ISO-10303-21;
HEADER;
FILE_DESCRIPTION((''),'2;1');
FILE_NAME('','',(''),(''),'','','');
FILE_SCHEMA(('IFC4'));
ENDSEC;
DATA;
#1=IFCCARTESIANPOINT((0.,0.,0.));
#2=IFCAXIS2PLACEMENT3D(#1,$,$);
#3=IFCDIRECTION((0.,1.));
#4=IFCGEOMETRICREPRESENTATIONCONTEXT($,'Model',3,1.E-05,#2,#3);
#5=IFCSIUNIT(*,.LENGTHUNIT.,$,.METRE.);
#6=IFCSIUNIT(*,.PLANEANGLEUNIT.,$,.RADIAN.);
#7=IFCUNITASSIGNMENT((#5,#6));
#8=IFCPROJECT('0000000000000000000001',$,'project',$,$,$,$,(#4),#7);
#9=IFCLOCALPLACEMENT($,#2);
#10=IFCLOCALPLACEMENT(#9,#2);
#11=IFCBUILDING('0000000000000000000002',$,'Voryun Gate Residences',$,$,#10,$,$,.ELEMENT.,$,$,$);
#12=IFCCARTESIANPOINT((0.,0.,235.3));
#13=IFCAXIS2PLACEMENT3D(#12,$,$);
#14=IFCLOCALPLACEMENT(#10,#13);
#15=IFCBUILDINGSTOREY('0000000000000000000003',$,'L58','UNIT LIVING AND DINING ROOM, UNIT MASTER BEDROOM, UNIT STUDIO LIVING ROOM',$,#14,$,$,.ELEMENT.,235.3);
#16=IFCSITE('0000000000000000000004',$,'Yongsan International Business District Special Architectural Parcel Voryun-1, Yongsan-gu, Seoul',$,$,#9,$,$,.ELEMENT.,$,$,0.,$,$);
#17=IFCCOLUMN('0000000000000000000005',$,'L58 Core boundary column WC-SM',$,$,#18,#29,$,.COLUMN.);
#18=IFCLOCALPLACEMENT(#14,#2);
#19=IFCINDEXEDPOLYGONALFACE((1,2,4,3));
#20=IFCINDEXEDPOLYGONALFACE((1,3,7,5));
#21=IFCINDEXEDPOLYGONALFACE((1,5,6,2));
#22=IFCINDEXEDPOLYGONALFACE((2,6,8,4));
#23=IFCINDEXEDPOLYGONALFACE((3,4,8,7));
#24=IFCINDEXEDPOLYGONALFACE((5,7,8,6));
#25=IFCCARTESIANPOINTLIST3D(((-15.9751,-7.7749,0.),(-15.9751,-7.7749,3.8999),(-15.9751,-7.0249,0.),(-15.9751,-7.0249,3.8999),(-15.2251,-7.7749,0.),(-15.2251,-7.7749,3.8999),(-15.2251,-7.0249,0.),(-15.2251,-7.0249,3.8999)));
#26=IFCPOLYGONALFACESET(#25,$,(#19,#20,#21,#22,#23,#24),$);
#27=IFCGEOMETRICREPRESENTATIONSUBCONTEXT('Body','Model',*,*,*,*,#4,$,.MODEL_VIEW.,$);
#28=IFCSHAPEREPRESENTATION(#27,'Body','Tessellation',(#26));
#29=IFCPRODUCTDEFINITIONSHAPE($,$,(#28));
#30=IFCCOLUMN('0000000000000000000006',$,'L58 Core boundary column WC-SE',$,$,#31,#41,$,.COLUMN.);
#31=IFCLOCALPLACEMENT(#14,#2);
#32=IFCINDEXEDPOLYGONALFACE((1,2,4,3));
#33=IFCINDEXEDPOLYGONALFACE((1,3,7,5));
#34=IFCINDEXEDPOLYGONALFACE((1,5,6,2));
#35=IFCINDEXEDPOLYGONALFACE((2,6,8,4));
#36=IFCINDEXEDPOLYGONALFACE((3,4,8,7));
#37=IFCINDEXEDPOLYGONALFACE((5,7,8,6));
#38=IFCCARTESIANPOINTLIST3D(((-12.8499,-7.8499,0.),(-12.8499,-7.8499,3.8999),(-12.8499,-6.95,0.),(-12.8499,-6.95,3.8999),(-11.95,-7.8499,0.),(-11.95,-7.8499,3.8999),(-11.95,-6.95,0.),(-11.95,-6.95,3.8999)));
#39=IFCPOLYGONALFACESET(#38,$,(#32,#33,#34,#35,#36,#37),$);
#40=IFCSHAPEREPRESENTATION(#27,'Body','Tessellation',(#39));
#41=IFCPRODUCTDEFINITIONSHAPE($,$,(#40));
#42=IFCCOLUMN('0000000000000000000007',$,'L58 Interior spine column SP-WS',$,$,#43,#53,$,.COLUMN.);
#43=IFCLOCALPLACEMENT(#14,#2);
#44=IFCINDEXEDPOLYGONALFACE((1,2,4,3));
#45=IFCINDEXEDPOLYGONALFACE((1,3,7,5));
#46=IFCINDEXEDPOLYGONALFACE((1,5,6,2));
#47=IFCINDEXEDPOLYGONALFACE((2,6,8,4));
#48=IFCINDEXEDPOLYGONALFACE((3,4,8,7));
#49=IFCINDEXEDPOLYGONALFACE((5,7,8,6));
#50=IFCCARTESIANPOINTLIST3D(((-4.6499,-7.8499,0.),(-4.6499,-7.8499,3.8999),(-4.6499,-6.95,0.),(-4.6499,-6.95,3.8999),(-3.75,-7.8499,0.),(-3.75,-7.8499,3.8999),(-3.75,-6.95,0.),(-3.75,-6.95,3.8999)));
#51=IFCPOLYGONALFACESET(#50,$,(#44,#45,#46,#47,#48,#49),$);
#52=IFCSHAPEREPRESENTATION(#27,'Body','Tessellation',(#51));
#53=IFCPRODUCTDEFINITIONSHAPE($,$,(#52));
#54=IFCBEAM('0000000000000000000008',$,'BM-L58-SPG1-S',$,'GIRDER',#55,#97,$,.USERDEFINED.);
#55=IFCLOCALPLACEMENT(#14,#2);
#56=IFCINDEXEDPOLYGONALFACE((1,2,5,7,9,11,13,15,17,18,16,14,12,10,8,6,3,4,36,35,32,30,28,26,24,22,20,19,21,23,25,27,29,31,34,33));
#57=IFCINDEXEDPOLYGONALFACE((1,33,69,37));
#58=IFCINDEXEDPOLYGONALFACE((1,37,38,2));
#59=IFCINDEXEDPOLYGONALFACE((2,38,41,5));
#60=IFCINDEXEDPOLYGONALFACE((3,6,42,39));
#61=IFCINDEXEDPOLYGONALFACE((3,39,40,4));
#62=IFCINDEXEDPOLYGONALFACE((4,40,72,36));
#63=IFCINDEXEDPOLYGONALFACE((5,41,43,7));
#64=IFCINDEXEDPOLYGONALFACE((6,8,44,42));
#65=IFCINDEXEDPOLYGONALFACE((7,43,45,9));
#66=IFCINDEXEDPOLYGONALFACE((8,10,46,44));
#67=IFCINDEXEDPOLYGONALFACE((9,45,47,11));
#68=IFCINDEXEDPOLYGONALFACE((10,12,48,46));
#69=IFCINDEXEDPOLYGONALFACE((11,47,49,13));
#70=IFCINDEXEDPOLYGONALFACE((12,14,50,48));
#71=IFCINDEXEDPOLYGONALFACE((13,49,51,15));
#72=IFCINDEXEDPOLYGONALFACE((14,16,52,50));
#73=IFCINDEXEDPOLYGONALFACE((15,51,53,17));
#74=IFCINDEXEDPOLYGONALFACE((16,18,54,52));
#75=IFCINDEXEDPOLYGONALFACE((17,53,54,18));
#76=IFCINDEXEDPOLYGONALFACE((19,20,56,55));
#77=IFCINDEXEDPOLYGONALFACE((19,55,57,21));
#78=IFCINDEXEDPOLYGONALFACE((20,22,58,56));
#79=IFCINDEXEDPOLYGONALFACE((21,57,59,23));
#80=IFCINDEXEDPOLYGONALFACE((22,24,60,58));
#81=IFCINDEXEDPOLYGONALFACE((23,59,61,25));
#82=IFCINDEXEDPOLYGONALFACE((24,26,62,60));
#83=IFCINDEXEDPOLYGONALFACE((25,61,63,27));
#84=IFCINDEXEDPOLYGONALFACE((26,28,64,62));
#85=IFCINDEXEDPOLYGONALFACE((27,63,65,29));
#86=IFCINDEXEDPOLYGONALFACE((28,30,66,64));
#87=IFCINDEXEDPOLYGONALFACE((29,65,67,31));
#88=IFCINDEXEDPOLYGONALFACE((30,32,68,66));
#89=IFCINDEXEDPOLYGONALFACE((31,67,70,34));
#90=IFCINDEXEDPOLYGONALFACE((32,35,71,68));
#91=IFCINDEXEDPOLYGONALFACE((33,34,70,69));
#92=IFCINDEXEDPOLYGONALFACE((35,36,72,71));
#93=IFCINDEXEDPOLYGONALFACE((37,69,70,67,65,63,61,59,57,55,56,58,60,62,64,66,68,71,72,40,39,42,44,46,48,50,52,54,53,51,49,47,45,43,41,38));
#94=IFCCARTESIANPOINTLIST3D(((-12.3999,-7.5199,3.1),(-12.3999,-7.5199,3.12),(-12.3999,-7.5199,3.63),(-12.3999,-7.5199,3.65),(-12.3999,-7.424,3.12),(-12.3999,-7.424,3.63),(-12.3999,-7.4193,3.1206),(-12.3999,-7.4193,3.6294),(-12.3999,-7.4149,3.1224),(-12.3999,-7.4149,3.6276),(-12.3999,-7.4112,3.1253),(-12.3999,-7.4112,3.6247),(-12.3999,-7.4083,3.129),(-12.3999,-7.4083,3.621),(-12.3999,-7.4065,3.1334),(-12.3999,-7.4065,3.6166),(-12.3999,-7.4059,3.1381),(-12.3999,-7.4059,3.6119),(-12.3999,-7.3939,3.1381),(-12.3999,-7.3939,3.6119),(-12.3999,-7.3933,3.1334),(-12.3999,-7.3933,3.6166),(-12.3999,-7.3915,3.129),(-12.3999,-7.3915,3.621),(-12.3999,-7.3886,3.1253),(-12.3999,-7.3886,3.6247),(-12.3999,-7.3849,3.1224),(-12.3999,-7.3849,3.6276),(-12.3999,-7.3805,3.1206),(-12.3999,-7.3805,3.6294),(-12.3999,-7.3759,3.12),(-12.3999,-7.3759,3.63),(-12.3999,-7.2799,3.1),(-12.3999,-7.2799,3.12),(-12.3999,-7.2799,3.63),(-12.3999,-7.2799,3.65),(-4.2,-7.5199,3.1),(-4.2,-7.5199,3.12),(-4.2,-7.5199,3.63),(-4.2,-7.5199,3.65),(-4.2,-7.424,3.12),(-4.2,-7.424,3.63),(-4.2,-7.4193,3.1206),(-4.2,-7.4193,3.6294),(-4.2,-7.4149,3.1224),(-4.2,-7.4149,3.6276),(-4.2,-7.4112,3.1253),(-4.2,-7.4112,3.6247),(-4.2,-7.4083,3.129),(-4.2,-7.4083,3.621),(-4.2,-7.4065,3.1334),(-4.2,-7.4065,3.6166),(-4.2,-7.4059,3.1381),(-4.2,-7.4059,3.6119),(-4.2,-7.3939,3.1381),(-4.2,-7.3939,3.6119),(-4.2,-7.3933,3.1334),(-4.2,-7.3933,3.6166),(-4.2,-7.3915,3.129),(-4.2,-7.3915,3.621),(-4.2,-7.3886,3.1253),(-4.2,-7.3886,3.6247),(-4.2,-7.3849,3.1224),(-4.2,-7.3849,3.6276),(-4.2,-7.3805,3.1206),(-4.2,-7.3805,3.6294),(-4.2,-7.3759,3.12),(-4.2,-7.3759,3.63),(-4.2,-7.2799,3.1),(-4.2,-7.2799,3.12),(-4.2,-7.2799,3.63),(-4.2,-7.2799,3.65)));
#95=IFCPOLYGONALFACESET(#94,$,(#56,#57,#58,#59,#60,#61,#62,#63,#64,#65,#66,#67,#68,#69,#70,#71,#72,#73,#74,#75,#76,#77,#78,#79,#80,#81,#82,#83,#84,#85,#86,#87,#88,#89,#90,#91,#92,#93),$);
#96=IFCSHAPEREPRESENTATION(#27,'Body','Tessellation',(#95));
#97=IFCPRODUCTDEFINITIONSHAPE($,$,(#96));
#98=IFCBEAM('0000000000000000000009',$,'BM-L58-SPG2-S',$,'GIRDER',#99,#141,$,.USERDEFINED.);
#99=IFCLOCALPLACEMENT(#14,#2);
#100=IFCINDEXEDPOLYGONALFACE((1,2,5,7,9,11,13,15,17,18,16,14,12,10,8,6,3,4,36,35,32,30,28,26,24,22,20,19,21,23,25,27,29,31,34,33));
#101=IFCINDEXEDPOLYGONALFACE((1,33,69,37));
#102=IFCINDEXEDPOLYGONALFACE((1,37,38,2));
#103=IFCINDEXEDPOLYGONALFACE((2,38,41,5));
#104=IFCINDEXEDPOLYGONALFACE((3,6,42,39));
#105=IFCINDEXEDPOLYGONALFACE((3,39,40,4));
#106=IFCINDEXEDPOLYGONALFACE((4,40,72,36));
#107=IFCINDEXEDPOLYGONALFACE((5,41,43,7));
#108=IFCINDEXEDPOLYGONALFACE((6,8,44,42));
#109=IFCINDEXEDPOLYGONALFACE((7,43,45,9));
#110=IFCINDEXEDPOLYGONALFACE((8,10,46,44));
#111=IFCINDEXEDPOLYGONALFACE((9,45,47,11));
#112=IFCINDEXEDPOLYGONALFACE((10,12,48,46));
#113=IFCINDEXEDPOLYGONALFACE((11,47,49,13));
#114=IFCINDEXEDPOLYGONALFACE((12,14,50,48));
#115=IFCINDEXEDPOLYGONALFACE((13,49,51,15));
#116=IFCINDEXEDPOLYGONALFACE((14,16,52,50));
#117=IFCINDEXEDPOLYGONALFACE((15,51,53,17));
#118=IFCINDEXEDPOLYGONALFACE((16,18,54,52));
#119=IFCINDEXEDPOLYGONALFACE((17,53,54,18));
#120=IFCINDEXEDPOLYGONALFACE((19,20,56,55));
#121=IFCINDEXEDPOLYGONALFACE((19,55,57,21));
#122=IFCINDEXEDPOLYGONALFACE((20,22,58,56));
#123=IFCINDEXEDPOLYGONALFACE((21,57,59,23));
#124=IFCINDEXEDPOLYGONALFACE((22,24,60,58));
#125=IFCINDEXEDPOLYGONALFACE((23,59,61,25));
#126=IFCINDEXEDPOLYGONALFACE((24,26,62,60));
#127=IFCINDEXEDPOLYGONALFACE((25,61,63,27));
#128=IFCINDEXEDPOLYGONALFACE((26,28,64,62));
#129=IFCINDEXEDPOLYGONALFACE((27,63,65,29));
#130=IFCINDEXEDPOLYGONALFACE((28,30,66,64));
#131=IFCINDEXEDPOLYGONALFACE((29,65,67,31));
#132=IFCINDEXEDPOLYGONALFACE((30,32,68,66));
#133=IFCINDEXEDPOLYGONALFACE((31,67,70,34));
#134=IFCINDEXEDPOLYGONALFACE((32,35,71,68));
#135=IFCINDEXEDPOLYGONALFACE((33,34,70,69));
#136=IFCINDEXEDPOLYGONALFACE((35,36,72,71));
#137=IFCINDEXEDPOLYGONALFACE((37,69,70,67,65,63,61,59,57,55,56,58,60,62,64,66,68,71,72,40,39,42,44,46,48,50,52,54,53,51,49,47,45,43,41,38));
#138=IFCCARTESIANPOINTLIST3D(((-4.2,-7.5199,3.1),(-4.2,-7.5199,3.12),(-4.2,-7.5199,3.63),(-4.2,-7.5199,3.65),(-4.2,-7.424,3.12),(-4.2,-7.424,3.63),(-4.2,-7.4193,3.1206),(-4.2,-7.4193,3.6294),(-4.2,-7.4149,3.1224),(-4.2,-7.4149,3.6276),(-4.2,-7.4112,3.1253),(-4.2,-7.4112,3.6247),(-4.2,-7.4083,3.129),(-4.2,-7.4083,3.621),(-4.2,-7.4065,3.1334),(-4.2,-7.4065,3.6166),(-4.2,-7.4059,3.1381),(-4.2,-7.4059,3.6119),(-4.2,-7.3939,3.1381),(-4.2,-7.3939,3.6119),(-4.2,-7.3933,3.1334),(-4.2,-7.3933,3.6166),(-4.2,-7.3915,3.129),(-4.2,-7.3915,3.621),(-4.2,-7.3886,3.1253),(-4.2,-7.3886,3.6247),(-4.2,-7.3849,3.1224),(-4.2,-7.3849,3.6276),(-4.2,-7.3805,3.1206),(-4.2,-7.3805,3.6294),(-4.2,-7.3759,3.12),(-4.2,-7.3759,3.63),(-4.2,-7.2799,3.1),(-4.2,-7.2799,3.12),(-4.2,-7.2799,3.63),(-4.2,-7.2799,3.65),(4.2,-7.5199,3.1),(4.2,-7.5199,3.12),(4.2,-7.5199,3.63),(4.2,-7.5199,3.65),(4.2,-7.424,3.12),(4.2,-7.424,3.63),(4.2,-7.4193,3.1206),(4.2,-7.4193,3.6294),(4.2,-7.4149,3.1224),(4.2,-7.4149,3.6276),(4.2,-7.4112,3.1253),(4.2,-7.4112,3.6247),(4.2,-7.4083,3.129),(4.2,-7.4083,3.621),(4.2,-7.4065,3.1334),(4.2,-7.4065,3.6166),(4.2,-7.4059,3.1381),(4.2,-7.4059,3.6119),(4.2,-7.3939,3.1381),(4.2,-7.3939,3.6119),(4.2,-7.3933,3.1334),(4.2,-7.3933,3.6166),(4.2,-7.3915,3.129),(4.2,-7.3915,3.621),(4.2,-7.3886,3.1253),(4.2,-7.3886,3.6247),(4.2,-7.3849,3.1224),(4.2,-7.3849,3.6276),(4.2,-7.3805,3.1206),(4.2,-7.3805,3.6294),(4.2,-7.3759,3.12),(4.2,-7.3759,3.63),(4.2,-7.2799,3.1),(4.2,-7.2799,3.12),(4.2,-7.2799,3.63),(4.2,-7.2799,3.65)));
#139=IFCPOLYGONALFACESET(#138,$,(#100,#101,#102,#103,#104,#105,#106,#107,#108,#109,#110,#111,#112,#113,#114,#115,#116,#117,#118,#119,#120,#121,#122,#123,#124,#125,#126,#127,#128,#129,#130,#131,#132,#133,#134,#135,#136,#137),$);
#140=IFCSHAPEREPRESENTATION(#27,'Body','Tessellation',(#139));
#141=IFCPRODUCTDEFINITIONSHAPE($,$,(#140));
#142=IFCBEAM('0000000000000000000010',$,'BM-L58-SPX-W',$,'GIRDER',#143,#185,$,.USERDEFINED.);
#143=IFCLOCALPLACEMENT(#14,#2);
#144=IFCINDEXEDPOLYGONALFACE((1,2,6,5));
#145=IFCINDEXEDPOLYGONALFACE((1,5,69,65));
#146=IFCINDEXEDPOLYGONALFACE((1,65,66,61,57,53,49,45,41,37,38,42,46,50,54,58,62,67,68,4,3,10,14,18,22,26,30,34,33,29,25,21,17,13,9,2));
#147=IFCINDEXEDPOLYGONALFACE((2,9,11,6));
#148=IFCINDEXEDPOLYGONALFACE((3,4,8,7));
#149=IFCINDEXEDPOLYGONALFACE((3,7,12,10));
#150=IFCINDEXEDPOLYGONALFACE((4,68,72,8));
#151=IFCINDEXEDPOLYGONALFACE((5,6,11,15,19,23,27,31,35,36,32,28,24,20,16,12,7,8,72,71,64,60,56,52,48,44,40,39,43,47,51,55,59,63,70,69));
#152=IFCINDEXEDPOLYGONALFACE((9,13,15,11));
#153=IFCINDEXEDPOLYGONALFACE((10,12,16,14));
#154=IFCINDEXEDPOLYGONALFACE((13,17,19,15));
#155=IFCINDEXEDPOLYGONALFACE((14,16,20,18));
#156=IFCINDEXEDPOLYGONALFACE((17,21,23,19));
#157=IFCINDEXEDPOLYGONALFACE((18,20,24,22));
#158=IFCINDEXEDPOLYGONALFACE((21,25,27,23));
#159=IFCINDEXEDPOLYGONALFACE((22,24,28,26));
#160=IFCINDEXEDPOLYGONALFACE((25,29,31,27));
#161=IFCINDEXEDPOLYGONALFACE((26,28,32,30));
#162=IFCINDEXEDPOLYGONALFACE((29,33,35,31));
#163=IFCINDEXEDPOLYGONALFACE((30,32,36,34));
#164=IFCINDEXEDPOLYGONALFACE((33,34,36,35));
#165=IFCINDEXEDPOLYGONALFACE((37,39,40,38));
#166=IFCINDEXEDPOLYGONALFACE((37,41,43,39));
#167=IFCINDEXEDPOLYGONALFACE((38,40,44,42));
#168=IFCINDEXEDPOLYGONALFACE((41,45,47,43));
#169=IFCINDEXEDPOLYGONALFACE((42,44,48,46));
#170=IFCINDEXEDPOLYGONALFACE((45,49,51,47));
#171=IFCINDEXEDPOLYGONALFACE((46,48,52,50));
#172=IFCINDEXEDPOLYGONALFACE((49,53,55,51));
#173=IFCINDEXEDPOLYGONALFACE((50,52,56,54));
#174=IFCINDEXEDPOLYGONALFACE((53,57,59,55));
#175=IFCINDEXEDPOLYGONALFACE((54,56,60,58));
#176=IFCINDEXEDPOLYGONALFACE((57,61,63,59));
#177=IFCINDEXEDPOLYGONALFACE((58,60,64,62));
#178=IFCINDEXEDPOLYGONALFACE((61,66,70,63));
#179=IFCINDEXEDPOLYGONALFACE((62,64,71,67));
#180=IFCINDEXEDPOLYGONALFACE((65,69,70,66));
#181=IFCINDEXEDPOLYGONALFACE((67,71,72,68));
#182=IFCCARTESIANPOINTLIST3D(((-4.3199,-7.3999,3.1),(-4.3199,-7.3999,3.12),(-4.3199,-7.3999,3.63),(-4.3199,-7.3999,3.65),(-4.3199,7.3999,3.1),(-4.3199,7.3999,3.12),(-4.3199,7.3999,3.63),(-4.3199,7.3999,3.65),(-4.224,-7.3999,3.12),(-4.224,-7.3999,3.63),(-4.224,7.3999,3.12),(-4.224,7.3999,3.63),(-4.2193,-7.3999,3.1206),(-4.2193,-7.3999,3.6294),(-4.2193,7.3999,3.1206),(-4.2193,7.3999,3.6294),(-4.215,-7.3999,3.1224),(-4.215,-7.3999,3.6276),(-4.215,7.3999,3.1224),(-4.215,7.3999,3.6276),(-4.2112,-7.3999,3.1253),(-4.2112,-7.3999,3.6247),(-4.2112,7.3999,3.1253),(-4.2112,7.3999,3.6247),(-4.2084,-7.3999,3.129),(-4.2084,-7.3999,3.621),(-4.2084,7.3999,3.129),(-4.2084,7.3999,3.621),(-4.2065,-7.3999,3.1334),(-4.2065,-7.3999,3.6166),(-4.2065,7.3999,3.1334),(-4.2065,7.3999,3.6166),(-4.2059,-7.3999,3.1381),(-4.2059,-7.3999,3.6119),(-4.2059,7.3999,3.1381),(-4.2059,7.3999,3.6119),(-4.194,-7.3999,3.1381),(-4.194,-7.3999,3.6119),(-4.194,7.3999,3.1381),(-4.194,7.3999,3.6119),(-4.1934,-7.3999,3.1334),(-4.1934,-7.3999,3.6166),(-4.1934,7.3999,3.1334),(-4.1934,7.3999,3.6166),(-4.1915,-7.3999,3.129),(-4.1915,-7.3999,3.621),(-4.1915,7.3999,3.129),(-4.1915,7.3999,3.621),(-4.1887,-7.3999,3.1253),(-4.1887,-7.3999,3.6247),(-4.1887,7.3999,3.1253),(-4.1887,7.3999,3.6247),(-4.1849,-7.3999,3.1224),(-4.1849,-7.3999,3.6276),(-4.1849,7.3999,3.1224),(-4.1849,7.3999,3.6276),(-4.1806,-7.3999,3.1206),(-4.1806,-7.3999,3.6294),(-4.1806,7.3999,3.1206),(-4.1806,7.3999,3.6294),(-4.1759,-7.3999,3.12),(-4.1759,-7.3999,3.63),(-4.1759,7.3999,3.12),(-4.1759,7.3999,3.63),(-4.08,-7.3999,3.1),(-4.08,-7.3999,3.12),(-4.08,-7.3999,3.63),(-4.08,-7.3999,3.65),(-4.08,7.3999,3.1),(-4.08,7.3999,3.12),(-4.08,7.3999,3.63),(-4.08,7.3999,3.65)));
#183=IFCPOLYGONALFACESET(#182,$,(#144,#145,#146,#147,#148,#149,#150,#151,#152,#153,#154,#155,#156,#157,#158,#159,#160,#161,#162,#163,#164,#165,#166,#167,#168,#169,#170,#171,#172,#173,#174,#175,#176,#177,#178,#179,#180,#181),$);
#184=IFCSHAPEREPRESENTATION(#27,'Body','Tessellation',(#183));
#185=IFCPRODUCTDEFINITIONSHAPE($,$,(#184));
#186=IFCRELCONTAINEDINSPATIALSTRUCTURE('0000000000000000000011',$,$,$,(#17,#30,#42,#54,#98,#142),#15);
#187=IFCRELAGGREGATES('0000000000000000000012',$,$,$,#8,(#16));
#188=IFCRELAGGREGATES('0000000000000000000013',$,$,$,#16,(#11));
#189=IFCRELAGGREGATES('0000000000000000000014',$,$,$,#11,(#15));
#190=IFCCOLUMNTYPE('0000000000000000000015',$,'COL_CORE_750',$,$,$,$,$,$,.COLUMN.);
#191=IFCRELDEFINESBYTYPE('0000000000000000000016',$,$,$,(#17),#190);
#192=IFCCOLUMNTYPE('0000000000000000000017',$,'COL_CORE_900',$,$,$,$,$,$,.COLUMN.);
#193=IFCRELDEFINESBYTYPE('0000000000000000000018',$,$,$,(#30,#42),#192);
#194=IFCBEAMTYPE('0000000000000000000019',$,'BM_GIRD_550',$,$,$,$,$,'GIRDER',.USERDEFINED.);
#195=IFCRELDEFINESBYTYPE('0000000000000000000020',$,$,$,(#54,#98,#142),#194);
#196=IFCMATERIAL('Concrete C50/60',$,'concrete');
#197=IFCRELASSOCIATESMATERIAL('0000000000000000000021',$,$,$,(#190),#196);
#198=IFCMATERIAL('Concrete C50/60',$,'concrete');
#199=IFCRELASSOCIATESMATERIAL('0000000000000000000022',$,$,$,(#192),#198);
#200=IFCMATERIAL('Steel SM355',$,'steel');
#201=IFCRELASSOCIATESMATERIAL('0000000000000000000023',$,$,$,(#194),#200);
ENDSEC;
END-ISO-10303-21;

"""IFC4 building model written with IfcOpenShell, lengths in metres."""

from ifc_helpers import new_model, si_unit, direction, frame, origin, origin_2d, place, context, subcontext, project, spatial, rectangle, i_section, extrude, material, material_profile, profile_set, type_object, element, save


model = new_model("IFC4")

# Units and contexts
model_context = context("Model", 3, precision=1e-05, world=origin(), true_north=direction((0.0, 1.0)))
body_context = subcontext(model_context, "Body", "Model", "MODEL_VIEW")
ifc_project = project(units=[si_unit("LENGTHUNIT", "METRE"), si_unit("PLANEANGLEUNIT", "RADIAN")], contexts=[model_context])

# Site, building, storey
site_placement = place(None, origin())
site = spatial("IfcSite", under=ifc_project, at=site_placement, Name="Yongsan International Business District Special Architectural Parcel Voryun-1, Yongsan-gu, Seoul", CompositionType="ELEMENT", RefElevation=0.0)
building_placement = place(site_placement, origin())
building = spatial("IfcBuilding", under=site, at=building_placement, Name="Voryun Gate Residences", CompositionType="ELEMENT")
storey_placement = place(building_placement, frame((0.0, 0.0, 235.3)))
storey = spatial("IfcBuildingStorey", under=building, at=storey_placement, Name="L58", Description="UNIT LIVING AND DINING ROOM, UNIT MASTER BEDROOM, UNIT STUDIO LIVING ROOM", CompositionType="ELEMENT", Elevation=235.3)

# Columns
ifc_material_1 = material(Name="Concrete C50/60", Category="concrete")
ifc_material_profile_1 = material_profile(ifc_material_1, rectangle(XDim=0.75, YDim=0.75, at=origin_2d()), Name="RC-750x750")
ifc_profile_set_1 = profile_set([ifc_material_profile_1], Name="Concrete C50/60")
column_type_1 = type_object("IfcColumnType", Name="COL_CORE_750", PredefinedType="COLUMN", material=ifc_profile_set_1)
column_placement = place(storey_placement, frame((-15.6001, -7.3999, 0.0), z_axis=(0.0, 0.0, 1.0), x_axis=(1.0, 0.0, 0.0)))
element("IfcColumn", 1, at=column_placement, inside=storey, type_object=column_type_1, Name="L58 Core boundary column WC-SM", PredefinedType="COLUMN", context=body_context, shape_type="SweptSolid", body=[
    extrude(rectangle(XDim=0.75, YDim=0.75, at=origin_2d()), origin(), (0.0, 0.0, 1.0), 3.8999),
])
ifc_material_2 = material(Name="Concrete C50/60", Category="concrete")
ifc_material_profile_2 = material_profile(ifc_material_2, rectangle(XDim=0.8999, YDim=0.8999, at=origin_2d()), Name="RC-900x900")
ifc_profile_set_2 = profile_set([ifc_material_profile_2], Name="Concrete C50/60")
column_type_2 = type_object("IfcColumnType", Name="COL_CORE_900", PredefinedType="COLUMN", material=ifc_profile_set_2)
for number, where, z_axis, x_axis, name in (
    (2, (-12.3999, -7.3999, 0.0), (0.0, 0.0, 1.0), (1.0, 0.0, 0.0), "L58 Core boundary column WC-SE"),
    (3, (-4.2, -7.3999, 0.0), (0.0, 0.0, 1.0), (1.0, 0.0, 0.0), "L58 Interior spine column SP-WS"),
):
    element("IfcColumn", number, at=place(storey_placement, frame(where, z_axis=z_axis, x_axis=x_axis)), inside=storey, type_object=column_type_2, Name=name, PredefinedType="COLUMN", context=body_context, shape_type="SweptSolid", body=[
        extrude(rectangle(XDim=0.8999, YDim=0.8999, at=origin_2d()), origin(), (0.0, 0.0, 1.0), 3.8999),
    ])

# Beams
ifc_material_3 = material(Name="Steel SM355", Category="steel")
ifc_material_profile_3 = material_profile(ifc_material_3, i_section(OverallWidth=0.24, OverallDepth=0.55, WebThickness=0.012, FlangeThickness=0.02, FilletRadius=0.0181, at=origin_2d()), Name="H-550x240x12x20")
ifc_profile_set_3 = profile_set([ifc_material_profile_3], Name="Steel SM355")
beam_type_1 = type_object("IfcBeamType", Name="BM_GIRD_550", ElementType="GIRDER", PredefinedType="USERDEFINED", material=ifc_profile_set_3)
beam_1_placement = place(storey_placement, frame((-12.3999, -7.3999, 3.375), z_axis=(1.0, 0.0, 0.0), x_axis=(0.0, 1.0, 0.0)))
element("IfcBeam", 4, at=beam_1_placement, inside=storey, type_object=beam_type_1, Name="BM-L58-SPG1-S", ObjectType="GIRDER", PredefinedType="USERDEFINED", context=body_context, shape_type="SweptSolid", body=[
    extrude(i_section(OverallWidth=0.24, OverallDepth=0.55, WebThickness=0.012, FlangeThickness=0.02, FilletRadius=0.0181, at=origin_2d()), origin(), (0.0, 0.0, 1.0), 8.2),
])
beam_2_placement = place(storey_placement, frame((-4.2, -7.3999, 3.375), z_axis=(1.0, 0.0, 0.0), x_axis=(0.0, 1.0, 0.0)))
element("IfcBeam", 5, at=beam_2_placement, inside=storey, type_object=beam_type_1, Name="BM-L58-SPG2-S", ObjectType="GIRDER", PredefinedType="USERDEFINED", context=body_context, shape_type="SweptSolid", body=[
    extrude(i_section(OverallWidth=0.24, OverallDepth=0.55, WebThickness=0.012, FlangeThickness=0.02, FilletRadius=0.0181, at=origin_2d()), origin(), (0.0, 0.0, 1.0), 8.3999),
])
beam_3_placement = place(storey_placement, frame((-4.2, -7.3999, 3.375), z_axis=(0.0, 1.0, 0.0), x_axis=(-1.0, 0.0, 0.0)))
element("IfcBeam", 6, at=beam_3_placement, inside=storey, type_object=beam_type_1, Name="BM-L58-SPX-W", ObjectType="GIRDER", PredefinedType="USERDEFINED", context=body_context, shape_type="SweptSolid", body=[
    extrude(i_section(OverallWidth=0.24, OverallDepth=0.55, WebThickness=0.012, FlangeThickness=0.02, FilletRadius=0.0181, at=origin_2d()), origin(), (0.0, 0.0, 1.0), 14.7998),
])

save(model, "model.ifc")
